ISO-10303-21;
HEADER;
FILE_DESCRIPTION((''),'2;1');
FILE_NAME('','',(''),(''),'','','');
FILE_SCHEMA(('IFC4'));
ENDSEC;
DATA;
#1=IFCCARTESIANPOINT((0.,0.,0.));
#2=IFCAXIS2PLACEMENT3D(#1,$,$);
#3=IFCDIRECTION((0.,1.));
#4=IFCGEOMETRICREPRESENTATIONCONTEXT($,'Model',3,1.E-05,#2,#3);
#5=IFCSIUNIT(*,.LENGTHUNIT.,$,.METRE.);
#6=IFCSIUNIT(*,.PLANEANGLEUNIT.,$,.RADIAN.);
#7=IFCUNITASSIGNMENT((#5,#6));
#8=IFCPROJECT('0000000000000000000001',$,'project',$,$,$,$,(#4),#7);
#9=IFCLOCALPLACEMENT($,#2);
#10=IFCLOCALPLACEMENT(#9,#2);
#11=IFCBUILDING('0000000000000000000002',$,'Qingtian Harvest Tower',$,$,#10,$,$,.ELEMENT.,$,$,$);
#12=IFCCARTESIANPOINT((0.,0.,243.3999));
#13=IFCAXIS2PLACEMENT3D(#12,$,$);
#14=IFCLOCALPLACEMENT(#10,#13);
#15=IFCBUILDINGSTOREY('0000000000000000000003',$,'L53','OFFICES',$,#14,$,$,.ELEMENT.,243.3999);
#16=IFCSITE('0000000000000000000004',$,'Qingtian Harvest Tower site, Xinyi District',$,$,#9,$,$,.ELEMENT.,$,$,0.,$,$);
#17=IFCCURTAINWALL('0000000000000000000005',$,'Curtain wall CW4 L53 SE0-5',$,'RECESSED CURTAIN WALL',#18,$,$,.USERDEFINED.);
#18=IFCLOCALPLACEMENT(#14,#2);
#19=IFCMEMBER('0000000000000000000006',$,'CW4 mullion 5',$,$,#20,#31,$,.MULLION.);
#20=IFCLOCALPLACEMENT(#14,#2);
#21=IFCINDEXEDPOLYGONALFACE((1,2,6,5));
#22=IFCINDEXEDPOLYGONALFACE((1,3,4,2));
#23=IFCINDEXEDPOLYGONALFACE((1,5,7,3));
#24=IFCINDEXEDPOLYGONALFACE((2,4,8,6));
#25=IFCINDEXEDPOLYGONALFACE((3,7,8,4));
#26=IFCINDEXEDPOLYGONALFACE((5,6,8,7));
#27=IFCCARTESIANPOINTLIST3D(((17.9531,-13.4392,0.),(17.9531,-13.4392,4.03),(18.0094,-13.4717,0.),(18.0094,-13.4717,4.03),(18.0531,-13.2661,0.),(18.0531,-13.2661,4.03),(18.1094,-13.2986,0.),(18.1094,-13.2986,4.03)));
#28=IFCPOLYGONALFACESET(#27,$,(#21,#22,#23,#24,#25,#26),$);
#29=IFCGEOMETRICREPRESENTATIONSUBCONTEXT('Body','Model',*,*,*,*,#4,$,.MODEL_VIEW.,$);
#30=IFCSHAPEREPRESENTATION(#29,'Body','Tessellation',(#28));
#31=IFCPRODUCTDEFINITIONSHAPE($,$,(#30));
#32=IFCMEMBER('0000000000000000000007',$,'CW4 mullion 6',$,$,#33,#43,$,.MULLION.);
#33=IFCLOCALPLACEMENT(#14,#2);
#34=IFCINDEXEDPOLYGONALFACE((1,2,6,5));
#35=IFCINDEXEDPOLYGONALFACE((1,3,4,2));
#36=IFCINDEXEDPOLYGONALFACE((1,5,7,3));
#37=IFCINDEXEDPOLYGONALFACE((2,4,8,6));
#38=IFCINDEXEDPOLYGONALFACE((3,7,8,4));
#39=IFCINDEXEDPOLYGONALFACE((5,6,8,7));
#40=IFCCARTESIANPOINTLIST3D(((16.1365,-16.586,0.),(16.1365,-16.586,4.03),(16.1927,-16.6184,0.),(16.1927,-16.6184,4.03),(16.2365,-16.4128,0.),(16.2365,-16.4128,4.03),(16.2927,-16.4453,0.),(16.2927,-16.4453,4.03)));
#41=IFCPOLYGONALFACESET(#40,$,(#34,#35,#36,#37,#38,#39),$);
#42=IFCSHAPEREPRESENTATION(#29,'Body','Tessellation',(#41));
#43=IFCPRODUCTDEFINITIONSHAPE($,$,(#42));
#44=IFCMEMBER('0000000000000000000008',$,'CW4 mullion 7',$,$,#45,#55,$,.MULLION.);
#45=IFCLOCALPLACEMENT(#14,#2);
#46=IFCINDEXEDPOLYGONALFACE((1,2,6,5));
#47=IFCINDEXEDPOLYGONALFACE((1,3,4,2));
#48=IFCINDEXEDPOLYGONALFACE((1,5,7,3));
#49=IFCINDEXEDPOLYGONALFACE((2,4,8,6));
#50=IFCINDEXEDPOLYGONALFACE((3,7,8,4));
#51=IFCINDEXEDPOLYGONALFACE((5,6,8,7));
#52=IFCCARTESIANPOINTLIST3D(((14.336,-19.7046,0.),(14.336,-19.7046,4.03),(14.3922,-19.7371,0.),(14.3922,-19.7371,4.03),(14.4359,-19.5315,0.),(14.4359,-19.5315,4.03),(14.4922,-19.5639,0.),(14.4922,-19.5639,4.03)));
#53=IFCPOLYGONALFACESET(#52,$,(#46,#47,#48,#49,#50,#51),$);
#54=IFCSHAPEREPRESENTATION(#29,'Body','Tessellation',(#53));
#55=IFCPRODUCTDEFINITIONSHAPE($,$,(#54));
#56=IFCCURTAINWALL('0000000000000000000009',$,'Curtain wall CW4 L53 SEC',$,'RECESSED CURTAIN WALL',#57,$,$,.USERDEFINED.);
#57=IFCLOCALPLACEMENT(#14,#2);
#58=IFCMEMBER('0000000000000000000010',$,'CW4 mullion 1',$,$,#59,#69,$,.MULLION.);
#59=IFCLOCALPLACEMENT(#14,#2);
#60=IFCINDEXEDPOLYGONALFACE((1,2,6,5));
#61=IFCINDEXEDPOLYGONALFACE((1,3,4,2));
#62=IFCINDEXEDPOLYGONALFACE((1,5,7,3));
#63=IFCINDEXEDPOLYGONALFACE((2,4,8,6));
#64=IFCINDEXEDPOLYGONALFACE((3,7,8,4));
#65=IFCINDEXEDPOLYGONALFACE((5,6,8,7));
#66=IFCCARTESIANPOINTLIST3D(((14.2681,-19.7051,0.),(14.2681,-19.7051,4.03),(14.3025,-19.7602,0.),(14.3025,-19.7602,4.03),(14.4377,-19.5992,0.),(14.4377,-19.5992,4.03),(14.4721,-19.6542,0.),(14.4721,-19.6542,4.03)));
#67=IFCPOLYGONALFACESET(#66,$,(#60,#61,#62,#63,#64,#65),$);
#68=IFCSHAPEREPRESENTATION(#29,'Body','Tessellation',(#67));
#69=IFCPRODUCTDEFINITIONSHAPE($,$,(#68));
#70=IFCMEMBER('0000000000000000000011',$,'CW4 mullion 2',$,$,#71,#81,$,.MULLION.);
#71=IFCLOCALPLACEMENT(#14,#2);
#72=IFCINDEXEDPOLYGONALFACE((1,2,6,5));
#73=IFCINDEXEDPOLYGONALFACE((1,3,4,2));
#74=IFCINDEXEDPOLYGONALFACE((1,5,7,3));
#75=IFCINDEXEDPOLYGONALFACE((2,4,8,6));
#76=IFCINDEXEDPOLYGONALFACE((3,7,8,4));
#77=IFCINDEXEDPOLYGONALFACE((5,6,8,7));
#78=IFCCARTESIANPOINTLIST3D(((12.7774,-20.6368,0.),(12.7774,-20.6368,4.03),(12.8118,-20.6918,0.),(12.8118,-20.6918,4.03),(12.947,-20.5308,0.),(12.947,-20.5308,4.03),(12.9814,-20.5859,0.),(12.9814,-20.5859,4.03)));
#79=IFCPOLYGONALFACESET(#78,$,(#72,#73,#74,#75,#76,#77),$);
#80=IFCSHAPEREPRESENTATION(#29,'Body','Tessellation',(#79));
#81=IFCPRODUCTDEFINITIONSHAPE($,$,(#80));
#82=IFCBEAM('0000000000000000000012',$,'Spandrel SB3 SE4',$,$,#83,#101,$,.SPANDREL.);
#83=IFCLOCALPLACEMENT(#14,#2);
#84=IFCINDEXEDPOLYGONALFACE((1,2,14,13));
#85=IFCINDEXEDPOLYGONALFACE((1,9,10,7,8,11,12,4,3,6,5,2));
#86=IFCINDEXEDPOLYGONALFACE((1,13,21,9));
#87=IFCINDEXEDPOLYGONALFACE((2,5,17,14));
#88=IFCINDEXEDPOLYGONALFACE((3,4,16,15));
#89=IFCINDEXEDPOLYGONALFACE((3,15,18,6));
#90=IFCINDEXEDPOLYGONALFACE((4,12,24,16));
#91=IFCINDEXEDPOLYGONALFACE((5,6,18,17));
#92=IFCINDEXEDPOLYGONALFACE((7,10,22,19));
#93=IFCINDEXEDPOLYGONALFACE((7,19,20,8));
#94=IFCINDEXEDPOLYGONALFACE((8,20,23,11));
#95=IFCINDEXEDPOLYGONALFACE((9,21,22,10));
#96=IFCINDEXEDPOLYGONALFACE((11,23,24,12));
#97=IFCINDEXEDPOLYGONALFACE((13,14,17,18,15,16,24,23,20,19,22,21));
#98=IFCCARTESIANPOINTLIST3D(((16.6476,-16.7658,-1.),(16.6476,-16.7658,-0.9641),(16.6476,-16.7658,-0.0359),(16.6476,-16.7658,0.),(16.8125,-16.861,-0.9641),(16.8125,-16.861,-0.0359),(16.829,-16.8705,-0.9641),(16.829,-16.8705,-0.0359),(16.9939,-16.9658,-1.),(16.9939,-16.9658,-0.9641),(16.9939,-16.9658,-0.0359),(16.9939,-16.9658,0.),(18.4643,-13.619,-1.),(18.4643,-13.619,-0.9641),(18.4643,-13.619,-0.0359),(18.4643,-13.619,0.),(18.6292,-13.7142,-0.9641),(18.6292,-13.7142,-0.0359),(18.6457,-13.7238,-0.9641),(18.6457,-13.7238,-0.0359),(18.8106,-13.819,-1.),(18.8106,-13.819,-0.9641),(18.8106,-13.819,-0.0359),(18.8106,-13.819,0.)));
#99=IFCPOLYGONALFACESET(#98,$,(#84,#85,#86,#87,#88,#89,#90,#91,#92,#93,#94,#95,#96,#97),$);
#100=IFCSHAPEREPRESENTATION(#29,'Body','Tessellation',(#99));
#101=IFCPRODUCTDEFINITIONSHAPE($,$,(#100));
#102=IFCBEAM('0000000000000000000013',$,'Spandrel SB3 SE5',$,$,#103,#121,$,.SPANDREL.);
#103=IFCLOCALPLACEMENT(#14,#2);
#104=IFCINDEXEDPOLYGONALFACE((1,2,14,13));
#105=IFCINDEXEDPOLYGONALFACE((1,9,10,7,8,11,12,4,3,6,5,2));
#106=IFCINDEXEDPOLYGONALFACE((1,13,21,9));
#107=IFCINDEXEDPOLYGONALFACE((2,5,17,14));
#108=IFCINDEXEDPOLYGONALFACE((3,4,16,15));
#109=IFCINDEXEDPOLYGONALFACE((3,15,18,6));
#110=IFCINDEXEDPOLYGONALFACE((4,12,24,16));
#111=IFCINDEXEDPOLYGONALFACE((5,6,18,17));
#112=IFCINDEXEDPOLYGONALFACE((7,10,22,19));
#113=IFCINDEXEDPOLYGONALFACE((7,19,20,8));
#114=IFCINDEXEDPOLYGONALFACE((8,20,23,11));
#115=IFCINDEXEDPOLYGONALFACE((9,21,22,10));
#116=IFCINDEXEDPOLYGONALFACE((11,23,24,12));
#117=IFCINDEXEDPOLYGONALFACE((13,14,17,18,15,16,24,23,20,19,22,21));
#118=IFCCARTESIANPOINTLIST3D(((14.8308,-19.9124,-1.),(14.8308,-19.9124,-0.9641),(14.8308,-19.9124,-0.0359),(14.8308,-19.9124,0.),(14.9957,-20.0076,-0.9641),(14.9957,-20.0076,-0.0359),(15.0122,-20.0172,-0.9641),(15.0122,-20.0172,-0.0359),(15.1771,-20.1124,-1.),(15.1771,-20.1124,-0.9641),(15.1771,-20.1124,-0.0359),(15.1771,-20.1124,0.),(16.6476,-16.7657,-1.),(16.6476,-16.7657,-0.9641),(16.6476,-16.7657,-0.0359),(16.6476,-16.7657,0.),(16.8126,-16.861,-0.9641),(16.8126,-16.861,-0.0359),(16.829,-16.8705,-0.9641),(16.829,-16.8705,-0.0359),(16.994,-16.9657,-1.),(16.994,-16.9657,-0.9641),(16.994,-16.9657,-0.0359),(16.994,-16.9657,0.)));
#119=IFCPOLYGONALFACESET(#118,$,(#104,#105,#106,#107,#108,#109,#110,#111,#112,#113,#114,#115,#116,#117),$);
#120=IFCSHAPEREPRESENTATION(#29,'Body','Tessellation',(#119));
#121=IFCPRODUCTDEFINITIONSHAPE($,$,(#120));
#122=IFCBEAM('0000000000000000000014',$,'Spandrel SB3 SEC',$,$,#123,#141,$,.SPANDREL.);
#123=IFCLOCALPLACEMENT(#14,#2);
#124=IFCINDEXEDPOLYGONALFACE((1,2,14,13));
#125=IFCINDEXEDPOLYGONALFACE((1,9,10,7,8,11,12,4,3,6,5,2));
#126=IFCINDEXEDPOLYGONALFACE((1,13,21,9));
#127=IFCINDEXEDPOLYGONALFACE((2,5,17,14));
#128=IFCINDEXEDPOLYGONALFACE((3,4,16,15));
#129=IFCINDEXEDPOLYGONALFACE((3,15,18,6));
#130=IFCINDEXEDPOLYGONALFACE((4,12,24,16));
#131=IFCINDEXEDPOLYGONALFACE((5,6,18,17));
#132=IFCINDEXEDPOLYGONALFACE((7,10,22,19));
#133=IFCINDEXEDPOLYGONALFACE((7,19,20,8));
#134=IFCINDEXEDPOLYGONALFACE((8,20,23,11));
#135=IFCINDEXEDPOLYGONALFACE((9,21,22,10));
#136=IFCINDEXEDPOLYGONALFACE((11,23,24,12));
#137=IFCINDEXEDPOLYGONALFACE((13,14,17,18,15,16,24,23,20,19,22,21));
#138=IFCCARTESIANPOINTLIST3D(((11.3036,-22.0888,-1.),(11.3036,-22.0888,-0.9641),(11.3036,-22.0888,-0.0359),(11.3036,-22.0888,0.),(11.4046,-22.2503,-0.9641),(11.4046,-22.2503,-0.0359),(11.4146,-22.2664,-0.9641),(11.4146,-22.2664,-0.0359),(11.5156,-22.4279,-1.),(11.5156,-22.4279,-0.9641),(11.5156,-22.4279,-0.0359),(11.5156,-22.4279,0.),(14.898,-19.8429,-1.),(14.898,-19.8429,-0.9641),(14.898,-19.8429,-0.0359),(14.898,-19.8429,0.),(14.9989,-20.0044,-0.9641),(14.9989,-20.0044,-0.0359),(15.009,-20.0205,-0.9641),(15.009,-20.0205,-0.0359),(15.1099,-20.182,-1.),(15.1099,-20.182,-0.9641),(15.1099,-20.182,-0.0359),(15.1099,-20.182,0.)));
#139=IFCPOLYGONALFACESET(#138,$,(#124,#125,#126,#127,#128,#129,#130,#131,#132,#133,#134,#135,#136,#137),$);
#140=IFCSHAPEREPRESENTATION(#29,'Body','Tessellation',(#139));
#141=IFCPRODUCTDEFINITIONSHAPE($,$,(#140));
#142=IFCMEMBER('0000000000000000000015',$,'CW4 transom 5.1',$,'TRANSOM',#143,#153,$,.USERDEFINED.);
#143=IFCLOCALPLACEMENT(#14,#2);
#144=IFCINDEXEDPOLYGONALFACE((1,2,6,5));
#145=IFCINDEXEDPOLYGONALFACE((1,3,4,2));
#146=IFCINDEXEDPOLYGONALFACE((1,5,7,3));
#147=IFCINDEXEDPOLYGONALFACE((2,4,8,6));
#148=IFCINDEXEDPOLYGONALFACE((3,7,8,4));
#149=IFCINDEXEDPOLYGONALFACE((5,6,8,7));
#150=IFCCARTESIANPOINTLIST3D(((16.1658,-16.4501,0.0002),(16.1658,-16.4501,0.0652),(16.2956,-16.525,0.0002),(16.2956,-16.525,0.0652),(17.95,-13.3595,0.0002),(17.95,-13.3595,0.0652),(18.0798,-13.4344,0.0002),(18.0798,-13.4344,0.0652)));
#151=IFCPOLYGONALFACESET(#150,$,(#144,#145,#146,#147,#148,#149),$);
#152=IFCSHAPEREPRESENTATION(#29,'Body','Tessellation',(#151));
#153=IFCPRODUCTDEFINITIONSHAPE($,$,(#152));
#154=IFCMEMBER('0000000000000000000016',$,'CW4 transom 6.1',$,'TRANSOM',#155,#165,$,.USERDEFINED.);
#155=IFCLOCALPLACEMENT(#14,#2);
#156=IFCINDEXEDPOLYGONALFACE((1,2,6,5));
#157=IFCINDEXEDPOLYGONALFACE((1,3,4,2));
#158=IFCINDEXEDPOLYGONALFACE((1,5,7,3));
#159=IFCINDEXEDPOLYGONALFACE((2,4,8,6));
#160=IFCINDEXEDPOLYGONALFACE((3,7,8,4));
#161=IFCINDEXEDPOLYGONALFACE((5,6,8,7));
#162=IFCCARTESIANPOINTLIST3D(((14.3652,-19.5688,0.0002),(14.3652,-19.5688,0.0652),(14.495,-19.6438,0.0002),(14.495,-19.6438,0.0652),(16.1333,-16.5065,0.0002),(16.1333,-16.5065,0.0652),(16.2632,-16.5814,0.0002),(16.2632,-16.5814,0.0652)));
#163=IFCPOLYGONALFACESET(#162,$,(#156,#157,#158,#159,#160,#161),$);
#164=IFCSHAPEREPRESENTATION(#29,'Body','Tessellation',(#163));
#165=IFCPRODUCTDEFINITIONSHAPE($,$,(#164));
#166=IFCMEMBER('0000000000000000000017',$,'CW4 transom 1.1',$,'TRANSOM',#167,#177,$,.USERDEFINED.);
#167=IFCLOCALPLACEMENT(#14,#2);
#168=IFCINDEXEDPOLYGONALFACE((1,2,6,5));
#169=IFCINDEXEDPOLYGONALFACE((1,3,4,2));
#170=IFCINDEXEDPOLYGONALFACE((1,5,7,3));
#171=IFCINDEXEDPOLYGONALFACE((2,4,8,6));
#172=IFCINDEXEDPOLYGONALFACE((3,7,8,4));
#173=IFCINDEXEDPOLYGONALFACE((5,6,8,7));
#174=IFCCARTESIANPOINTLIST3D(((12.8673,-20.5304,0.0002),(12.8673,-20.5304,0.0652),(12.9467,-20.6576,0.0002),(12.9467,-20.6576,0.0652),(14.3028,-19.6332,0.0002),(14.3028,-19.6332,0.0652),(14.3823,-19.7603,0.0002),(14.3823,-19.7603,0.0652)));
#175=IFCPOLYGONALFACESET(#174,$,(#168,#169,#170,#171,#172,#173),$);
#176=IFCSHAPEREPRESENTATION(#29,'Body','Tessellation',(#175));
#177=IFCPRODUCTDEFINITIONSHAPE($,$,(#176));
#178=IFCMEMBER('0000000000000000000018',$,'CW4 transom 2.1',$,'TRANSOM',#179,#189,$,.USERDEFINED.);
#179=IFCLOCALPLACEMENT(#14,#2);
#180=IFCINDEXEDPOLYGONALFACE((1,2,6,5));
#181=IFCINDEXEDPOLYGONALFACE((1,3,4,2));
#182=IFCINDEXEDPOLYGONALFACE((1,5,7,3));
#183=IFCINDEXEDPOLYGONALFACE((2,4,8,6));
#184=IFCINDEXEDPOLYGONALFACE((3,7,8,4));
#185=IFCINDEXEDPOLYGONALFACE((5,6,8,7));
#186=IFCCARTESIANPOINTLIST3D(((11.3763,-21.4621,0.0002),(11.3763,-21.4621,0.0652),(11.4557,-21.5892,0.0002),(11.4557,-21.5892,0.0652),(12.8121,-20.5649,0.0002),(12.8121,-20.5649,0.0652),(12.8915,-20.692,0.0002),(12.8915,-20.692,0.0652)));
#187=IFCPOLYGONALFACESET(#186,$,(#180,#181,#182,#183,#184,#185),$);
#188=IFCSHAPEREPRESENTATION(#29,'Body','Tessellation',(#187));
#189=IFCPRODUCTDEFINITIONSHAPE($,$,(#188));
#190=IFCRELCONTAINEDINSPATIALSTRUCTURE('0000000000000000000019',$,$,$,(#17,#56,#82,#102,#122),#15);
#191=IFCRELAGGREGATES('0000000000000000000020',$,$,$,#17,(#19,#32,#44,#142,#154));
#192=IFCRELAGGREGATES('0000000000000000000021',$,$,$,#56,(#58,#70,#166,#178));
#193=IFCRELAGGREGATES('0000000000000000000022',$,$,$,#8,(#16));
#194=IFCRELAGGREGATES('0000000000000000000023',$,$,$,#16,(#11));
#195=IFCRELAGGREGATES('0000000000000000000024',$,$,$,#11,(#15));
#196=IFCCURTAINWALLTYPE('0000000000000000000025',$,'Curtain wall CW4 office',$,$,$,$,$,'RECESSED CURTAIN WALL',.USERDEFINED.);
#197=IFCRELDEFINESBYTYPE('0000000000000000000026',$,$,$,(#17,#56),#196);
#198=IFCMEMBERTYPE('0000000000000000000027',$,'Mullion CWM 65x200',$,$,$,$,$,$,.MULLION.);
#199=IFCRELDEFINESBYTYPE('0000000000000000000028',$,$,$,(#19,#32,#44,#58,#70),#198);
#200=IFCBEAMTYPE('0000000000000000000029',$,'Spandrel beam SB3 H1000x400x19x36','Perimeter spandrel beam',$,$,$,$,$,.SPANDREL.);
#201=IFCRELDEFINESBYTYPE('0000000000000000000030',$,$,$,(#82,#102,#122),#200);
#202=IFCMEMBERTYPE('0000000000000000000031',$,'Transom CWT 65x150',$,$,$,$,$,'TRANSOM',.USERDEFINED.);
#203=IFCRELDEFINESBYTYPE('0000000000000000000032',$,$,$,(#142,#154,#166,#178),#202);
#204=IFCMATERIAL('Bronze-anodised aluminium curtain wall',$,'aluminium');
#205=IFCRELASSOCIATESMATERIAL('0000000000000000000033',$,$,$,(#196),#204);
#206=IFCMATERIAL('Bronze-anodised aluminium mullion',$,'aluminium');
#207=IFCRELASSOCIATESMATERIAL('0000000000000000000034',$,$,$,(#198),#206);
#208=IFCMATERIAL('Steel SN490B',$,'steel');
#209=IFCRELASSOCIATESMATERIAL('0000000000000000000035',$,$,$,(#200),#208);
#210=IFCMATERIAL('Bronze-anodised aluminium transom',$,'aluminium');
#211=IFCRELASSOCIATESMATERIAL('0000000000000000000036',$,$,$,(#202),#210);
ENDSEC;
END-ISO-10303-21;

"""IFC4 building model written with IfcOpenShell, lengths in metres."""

from ifc_helpers import new_model, si_unit, direction, frame, origin, origin_2d, place, context, subcontext, project, spatial, rectangle, i_section, extrude, material, material_profile, profile_set, type_object, element, aggregate, save


model = new_model("IFC4")

# Units and contexts
model_context = context("Model", 3, precision=1e-05, world=origin(), true_north=direction((0.0, 1.0)))
body_context = subcontext(model_context, "Body", "Model", "MODEL_VIEW")
ifc_project = project(units=[si_unit("LENGTHUNIT", "METRE"), si_unit("PLANEANGLEUNIT", "RADIAN")], contexts=[model_context])

# Site, building, storey
site_placement = place(None, origin())
site = spatial("IfcSite", under=ifc_project, at=site_placement, Name="Qingtian Harvest Tower site, Xinyi District", CompositionType="ELEMENT", RefElevation=0.0)
building_placement = place(site_placement, origin())
building = spatial("IfcBuilding", under=site, at=building_placement, Name="Qingtian Harvest Tower", CompositionType="ELEMENT")
storey_placement = place(building_placement, frame((0.0, 0.0, 243.3999)))
storey = spatial("IfcBuildingStorey", under=building, at=storey_placement, Name="L53", Description="OFFICES", CompositionType="ELEMENT", Elevation=243.3999)

# Curtain walls, members
ifc_material_1 = material(Name="Bronze-anodised aluminium curtain wall", Category="aluminium")
curtain_wall_type = type_object("IfcCurtainWallType", Name="Curtain wall CW4 office", ElementType="RECESSED CURTAIN WALL", PredefinedType="USERDEFINED", material=ifc_material_1)
curtain_wall_1_placement = place(storey_placement, origin())
curtain_wall_1 = element("IfcCurtainWall", 1, at=curtain_wall_1_placement, inside=storey, type_object=curtain_wall_type, Name="Curtain wall CW4 L53 SE0-5", ObjectType="RECESSED CURTAIN WALL", PredefinedType="USERDEFINED")
ifc_material_2 = material(Name="Bronze-anodised aluminium mullion", Category="aluminium")
ifc_material_profile_1 = material_profile(ifc_material_2, rectangle(XDim=0.0649, YDim=0.2, at=origin_2d()), Name="AL 65x200")
ifc_profile_set_1 = profile_set([ifc_material_profile_1], Name="Bronze-anodised aluminium mullion")
member_type_1 = type_object("IfcMemberType", Name="Mullion CWM 65x200", PredefinedType="MULLION", material=ifc_profile_set_1)
member_1_placement = place(storey_placement, frame((18.0312, -13.3689, 0.0), z_axis=(0.0, 0.0, 1.0), x_axis=(0.866025, -0.5, 0.0)))
member_1 = element("IfcMember", 2, at=member_1_placement, type_object=member_type_1, Name="CW4 mullion 5", PredefinedType="MULLION", context=body_context, shape_type="SweptSolid", body=[
    extrude(rectangle(XDim=0.0649, YDim=0.2, at=origin_2d()), origin(), (0.0, 0.0, 1.0), 4.03),
])
member_2_placement = place(storey_placement, frame((16.2146, -16.5156, 0.0), z_axis=(0.0, 0.0, 1.0), x_axis=(0.866025, -0.5, 0.0)))
member_2 = element("IfcMember", 3, at=member_2_placement, type_object=member_type_1, Name="CW4 mullion 6", PredefinedType="MULLION", context=body_context, shape_type="SweptSolid", body=[
    extrude(rectangle(XDim=0.0649, YDim=0.2, at=origin_2d()), origin(), (0.0, 0.0, 1.0), 4.03),
])
member_3_placement = place(storey_placement, frame((14.4141, -19.6343, 0.0), z_axis=(0.0, 0.0, 1.0), x_axis=(0.866025, -0.5, 0.0)))
member_3 = element("IfcMember", 4, at=member_3_placement, type_object=member_type_1, Name="CW4 mullion 7", PredefinedType="MULLION", context=body_context, shape_type="SweptSolid", body=[
    extrude(rectangle(XDim=0.0649, YDim=0.2, at=origin_2d()), origin(), (0.0, 0.0, 1.0), 4.03),
])
curtain_wall_2_placement = place(storey_placement, origin())
curtain_wall_2 = element("IfcCurtainWall", 5, at=curtain_wall_2_placement, inside=storey, type_object=curtain_wall_type, Name="Curtain wall CW4 L53 SEC", ObjectType="RECESSED CURTAIN WALL", PredefinedType="USERDEFINED")
member_4_placement = place(storey_placement, frame((14.3701, -19.6797, 0.0), z_axis=(0.0, 0.0, 1.0), x_axis=(0.529919, -0.848048, 0.0)))
member_4 = element("IfcMember", 6, at=member_4_placement, type_object=member_type_1, Name="CW4 mullion 1", PredefinedType="MULLION", context=body_context, shape_type="SweptSolid", body=[
    extrude(rectangle(XDim=0.0649, YDim=0.2, at=origin_2d()), origin(), (0.0, 0.0, 1.0), 4.03),
])
member_5_placement = place(storey_placement, frame((12.8794, -20.6113, 0.0), z_axis=(0.0, 0.0, 1.0), x_axis=(0.529919, -0.848048, 0.0)))
member_5 = element("IfcMember", 7, at=member_5_placement, type_object=member_type_1, Name="CW4 mullion 2", PredefinedType="MULLION", context=body_context, shape_type="SweptSolid", body=[
    extrude(rectangle(XDim=0.0649, YDim=0.2, at=origin_2d()), origin(), (0.0, 0.0, 1.0), 4.03),
])

# Beams
ifc_material_3 = material(Name="Steel SN490B", Category="steel")
ifc_material_profile_2 = material_profile(ifc_material_3, i_section(OverallWidth=0.3999, OverallDepth=1.0, WebThickness=0.019, FlangeThickness=0.0359, at=origin_2d()), Name="H1000x400x19x36")
ifc_profile_set_2 = profile_set([ifc_material_profile_2], Name="Steel SN490B")
beam_type_1 = type_object("IfcBeamType", Name="Spandrel beam SB3 H1000x400x19x36", Description="Perimeter spandrel beam", PredefinedType="SPANDREL", material=ifc_profile_set_2)
for number, where, z_axis, x_axis, name in (
    (8, (18.6375, -13.719, -0.5), (-0.499976, -0.866039, 0.0), (0.866039, -0.499976, 0.0), "Spandrel SB3 SE4"),
    (9, (16.8208, -16.8657, -0.5), (-0.500027, -0.86601, 0.0), (0.86601, -0.500027, 0.0), "Spandrel SB3 SE5"),
):
    element("IfcBeam", number, at=place(storey_placement, frame(where, z_axis=z_axis, x_axis=x_axis)), inside=storey, type_object=beam_type_1, Name=name, PredefinedType="SPANDREL", context=body_context, shape_type="SweptSolid", body=[
        extrude(i_section(OverallWidth=0.3999, OverallDepth=1.0, WebThickness=0.019, FlangeThickness=0.0359, at=origin_2d()), origin(), (0.0, 0.0, 1.0), 3.6335),
    ])
beam_1_placement = place(storey_placement, frame((15.0039, -20.0125, -0.5), z_axis=(-0.848057, -0.529906, 0.0), x_axis=(0.529906, -0.848057, 0.0)))
element("IfcBeam", 10, at=beam_1_placement, inside=storey, type_object=beam_type_1, Name="Spandrel SB3 SEC", PredefinedType="SPANDREL", context=body_context, shape_type="SweptSolid", body=[
    extrude(i_section(OverallWidth=0.3999, OverallDepth=1.0, WebThickness=0.019, FlangeThickness=0.0359, at=origin_2d()), origin(), (0.0, 0.0, 1.0), 4.2383),
])

# Members
ifc_material_4 = material(Name="Bronze-anodised aluminium transom", Category="aluminium")
ifc_material_profile_3 = material_profile(ifc_material_4, rectangle(XDim=0.1499, YDim=0.0649, at=origin_2d()), Name="AL 65x150")
ifc_profile_set_3 = profile_set([ifc_material_profile_3], Name="Bronze-anodised aluminium transom")
member_type_2 = type_object("IfcMemberType", Name="Transom CWT 65x150", ElementType="TRANSOM", PredefinedType="USERDEFINED", material=ifc_profile_set_3)
member_6_placement = place(storey_placement, frame((18.0149, -13.397, 0.0327), z_axis=(-0.499965, -0.866045, 0.0), x_axis=(0.866045, -0.499965, 0.0)))
member_6 = element("IfcMember", 11, at=member_6_placement, type_object=member_type_2, Name="CW4 transom 5.1", ObjectType="TRANSOM", PredefinedType="USERDEFINED", context=body_context, shape_type="SweptSolid", body=[
    extrude(rectangle(XDim=0.1499, YDim=0.0649, at=origin_2d()), origin(), (0.0, 0.0, 1.0), 3.5686),
])
member_7_placement = place(storey_placement, frame((16.1982, -16.5439, 0.0327), z_axis=(-0.500015, -0.866017, 0.0), x_axis=(0.866017, -0.500015, 0.0)))
member_7 = element("IfcMember", 12, at=member_7_placement, type_object=member_type_2, Name="CW4 transom 6.1", ObjectType="TRANSOM", PredefinedType="USERDEFINED", context=body_context, shape_type="SweptSolid", body=[
    extrude(rectangle(XDim=0.1499, YDim=0.0649, at=origin_2d()), origin(), (0.0, 0.0, 1.0), 3.5361),
])
member_8_placement = place(storey_placement, frame((14.3425, -19.6968, 0.0327), z_axis=(-0.847998, -0.529999, 0.0), x_axis=(0.529999, -0.847998, 0.0)))
member_8 = element("IfcMember", 13, at=member_8_placement, type_object=member_type_2, Name="CW4 transom 1.1", ObjectType="TRANSOM", PredefinedType="USERDEFINED", context=body_context, shape_type="SweptSolid", body=[
    extrude(rectangle(XDim=0.1499, YDim=0.0649, at=origin_2d()), origin(), (0.0, 0.0, 1.0), 1.6929),
])
member_9_placement = place(storey_placement, frame((12.8518, -20.6284, 0.0327), z_axis=(-0.848039, -0.529934, 0.0), x_axis=(0.529934, -0.848039, 0.0)))
member_9 = element("IfcMember", 14, at=member_9_placement, type_object=member_type_2, Name="CW4 transom 2.1", ObjectType="TRANSOM", PredefinedType="USERDEFINED", context=body_context, shape_type="SweptSolid", body=[
    extrude(rectangle(XDim=0.1499, YDim=0.0649, at=origin_2d()), origin(), (0.0, 0.0, 1.0), 1.6931),
])

aggregate(curtain_wall_1, [member_1, member_2, member_3, member_6, member_7])
aggregate(curtain_wall_2, [member_4, member_5, member_8, member_9])

save(model, "model.ifc")
